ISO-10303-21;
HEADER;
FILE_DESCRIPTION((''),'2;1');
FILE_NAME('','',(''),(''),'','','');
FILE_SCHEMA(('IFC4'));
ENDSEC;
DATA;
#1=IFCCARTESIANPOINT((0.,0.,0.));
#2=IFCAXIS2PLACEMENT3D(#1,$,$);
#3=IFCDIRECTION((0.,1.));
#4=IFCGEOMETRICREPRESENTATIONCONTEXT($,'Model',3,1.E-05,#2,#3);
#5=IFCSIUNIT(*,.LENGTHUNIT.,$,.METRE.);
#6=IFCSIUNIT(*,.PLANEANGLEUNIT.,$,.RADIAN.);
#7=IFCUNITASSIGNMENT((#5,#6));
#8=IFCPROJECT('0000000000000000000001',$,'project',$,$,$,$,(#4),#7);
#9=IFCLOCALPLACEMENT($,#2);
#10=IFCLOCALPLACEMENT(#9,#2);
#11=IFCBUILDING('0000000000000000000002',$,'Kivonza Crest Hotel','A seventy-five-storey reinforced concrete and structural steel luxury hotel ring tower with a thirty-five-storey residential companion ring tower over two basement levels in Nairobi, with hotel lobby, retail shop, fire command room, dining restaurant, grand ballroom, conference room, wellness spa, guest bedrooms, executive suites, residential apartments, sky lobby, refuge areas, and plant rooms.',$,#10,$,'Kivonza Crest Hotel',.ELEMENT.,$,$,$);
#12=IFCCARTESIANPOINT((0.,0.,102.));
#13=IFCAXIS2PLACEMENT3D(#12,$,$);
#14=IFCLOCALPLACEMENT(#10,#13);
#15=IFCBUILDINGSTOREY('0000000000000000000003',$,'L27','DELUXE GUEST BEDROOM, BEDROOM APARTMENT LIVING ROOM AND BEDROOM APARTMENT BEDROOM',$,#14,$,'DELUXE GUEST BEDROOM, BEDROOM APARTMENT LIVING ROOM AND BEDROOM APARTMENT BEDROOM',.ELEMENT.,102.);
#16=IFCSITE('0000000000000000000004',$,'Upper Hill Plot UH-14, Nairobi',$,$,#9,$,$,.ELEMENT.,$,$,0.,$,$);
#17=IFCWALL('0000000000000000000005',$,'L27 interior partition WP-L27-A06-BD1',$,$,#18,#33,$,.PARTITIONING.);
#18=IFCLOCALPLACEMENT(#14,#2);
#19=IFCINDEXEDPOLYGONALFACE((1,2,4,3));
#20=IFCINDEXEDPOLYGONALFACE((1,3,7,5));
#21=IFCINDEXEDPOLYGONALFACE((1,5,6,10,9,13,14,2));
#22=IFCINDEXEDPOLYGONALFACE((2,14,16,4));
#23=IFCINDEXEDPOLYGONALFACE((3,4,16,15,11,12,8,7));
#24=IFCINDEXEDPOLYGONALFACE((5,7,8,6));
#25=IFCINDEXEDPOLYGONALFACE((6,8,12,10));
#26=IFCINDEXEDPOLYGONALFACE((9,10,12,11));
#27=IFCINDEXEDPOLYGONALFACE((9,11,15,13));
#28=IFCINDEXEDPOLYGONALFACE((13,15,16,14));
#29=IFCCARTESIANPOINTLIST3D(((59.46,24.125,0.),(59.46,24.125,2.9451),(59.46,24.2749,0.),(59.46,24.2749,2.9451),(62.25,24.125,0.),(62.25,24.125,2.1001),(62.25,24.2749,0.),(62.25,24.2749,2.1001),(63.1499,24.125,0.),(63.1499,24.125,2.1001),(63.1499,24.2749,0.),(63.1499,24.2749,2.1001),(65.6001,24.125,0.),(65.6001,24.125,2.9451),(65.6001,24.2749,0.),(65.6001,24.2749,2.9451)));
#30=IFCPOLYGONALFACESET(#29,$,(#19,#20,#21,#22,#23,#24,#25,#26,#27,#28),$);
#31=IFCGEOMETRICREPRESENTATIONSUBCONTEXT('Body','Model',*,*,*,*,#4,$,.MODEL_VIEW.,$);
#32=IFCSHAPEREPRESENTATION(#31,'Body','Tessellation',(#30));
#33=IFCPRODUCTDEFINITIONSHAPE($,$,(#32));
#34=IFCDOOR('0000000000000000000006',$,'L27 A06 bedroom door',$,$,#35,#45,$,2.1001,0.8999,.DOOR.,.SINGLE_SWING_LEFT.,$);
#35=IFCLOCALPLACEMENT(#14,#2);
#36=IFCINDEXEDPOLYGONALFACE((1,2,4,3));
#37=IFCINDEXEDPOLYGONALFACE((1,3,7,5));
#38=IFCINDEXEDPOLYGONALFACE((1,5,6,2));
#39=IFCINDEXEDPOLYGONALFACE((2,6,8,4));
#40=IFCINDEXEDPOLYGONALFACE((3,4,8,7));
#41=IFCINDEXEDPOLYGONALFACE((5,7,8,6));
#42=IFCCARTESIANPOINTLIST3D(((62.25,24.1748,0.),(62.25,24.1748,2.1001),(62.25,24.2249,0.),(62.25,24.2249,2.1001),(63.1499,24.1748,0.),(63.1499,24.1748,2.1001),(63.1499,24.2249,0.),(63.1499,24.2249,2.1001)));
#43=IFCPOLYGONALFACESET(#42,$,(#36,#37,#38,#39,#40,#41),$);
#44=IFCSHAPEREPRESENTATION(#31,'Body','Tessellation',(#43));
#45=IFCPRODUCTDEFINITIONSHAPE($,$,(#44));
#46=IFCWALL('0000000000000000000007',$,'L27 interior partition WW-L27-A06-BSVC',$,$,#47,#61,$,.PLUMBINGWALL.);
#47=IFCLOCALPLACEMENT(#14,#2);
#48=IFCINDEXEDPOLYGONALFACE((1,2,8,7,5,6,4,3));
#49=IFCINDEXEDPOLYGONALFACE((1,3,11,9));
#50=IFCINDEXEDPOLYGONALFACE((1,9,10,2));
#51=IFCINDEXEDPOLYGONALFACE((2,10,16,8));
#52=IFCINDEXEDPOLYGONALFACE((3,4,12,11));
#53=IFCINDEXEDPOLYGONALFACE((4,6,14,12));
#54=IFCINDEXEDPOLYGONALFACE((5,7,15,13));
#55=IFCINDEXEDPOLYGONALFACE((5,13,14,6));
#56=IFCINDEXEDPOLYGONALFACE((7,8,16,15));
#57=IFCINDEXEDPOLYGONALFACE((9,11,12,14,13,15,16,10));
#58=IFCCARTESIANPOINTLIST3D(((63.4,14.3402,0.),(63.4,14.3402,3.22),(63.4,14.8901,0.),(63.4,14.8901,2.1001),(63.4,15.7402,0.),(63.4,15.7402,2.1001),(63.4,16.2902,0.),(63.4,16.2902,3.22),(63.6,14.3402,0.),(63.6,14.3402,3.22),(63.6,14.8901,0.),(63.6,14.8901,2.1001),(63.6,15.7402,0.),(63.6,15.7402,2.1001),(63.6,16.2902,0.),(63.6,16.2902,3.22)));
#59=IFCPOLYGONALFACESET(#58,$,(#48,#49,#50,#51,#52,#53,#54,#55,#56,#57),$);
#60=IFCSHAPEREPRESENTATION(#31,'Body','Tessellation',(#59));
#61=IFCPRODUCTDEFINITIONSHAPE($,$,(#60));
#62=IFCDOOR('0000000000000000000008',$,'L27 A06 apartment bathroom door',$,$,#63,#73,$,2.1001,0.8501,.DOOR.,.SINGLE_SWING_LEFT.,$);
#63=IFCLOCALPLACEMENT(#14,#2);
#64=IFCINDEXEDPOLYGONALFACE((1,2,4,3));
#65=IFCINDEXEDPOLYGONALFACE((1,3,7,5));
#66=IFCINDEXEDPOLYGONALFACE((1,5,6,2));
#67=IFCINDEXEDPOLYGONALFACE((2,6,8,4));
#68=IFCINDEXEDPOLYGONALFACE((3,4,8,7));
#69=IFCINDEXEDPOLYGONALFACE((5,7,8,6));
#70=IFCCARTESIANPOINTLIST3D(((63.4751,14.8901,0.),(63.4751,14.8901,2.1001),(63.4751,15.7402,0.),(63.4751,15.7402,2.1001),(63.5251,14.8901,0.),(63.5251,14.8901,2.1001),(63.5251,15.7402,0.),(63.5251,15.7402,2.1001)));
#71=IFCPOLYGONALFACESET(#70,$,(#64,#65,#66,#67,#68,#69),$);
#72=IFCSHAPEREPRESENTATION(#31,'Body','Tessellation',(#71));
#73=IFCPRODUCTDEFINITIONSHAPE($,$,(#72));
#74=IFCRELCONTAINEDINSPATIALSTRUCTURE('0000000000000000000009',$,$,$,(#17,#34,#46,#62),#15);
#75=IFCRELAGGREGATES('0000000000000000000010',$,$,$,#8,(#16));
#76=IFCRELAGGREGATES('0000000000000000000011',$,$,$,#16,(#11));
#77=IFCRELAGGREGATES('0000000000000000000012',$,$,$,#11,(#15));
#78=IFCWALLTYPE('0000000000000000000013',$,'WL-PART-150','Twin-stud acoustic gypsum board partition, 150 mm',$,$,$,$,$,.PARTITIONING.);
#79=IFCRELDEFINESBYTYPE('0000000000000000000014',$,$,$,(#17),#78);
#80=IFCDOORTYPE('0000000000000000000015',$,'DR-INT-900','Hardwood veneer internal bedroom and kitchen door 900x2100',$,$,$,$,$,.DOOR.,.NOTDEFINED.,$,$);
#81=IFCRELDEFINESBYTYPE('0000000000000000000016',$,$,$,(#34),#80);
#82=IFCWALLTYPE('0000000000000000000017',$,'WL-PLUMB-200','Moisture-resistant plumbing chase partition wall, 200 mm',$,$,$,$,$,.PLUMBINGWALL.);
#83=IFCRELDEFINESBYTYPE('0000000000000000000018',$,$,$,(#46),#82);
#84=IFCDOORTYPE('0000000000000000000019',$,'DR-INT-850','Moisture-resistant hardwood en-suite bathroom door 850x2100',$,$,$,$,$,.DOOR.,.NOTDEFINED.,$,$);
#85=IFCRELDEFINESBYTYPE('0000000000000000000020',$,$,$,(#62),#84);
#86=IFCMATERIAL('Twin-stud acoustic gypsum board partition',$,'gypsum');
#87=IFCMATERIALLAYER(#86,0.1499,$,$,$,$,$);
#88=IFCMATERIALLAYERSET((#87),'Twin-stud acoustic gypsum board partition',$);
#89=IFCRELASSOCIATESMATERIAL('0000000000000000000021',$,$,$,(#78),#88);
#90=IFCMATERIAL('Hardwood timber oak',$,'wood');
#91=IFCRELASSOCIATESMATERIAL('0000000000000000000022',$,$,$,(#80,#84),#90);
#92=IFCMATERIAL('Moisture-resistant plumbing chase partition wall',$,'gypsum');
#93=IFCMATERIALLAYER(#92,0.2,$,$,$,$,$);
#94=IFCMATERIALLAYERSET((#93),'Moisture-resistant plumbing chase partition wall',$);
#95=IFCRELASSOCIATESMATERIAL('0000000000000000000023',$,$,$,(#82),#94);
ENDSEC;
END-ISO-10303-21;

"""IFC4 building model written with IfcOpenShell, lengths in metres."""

from ifc_helpers import new_model, si_unit, direction, frame, frame_2d, origin, place, context, subcontext, project, spatial, rectangle, extrude, material, layer, layer_set, type_object, element, fill, save


model = new_model("IFC4")

# Units and contexts
model_context = context("Model", 3, precision=1e-05, world=origin(), true_north=direction((0.0, 1.0)))
body_context = subcontext(model_context, "Body", "Model", "MODEL_VIEW")
ifc_project = project(units=[si_unit("LENGTHUNIT", "METRE"), si_unit("PLANEANGLEUNIT", "RADIAN")], contexts=[model_context])

# Site, building, storey
site_placement = place(None, origin())
site = spatial("IfcSite", under=ifc_project, at=site_placement, Name="Upper Hill Plot UH-14, Nairobi", CompositionType="ELEMENT", RefElevation=0.0)
building_placement = place(site_placement, origin())
building = spatial("IfcBuilding", under=site, at=building_placement, Name="Kivonza Crest Hotel", Description="A seventy-five-storey reinforced concrete and structural steel luxury hotel ring tower with a thirty-five-storey residential companion ring tower over two basement levels in Nairobi, with hotel lobby, retail shop, fire command room, dining restaurant, grand ballroom, conference room, wellness spa, guest bedrooms, executive suites, residential apartments, sky lobby, refuge areas, and plant rooms.", LongName="Kivonza Crest Hotel", CompositionType="ELEMENT")
storey_placement = place(building_placement, frame((0.0, 0.0, 102.0)))
storey = spatial("IfcBuildingStorey", under=building, at=storey_placement, Name="L27", Description="DELUXE GUEST BEDROOM, BEDROOM APARTMENT LIVING ROOM AND BEDROOM APARTMENT BEDROOM", LongName="DELUXE GUEST BEDROOM, BEDROOM APARTMENT LIVING ROOM AND BEDROOM APARTMENT BEDROOM", CompositionType="ELEMENT", Elevation=102.0)

# Walls, openings, doors
ifc_material_1 = material(Name="Twin-stud acoustic gypsum board partition", Category="gypsum")
ifc_layer_1 = layer(ifc_material_1, 0.1499)
ifc_layer_set_1 = layer_set([ifc_layer_1], Name="Twin-stud acoustic gypsum board partition")
wall_type_1 = type_object("IfcWallType", Name="WL-PART-150", Description="Twin-stud acoustic gypsum board partition, 150 mm", PredefinedType="PARTITIONING", material=ifc_layer_set_1)
wall_1_placement = place(storey_placement, frame((59.46, 24.2, 0.0), z_axis=(0.0, 0.0, 1.0), x_axis=(1.0, 0.0, 0.0)))
wall_1 = element("IfcWall", 1, at=wall_1_placement, inside=storey, type_object=wall_type_1, Name="L27 interior partition WP-L27-A06-BD1", PredefinedType="PARTITIONING", context=body_context, shape_type="SweptSolid", body=[
    extrude(rectangle(XDim=6.1401, YDim=0.1499, at=frame_2d((3.0701, 0.0))), origin(), (0.0, 0.0, 1.0), 2.9451),
])
opening_1_placement = place(wall_1_placement, frame((2.79, 0.0, 0.0)))
opening_1 = element("IfcOpeningElement", 2, at=opening_1_placement, cuts=wall_1, PredefinedType="OPENING", context=body_context, shape_type="SweptSolid", body=[
    extrude(rectangle(XDim=0.8999, YDim=2.1001, at=frame_2d((0.45, 1.05))), frame((0.0, 0.085, 0.0), z_axis=(0.0, -1.0, 0.0), x_axis=(1.0, 0.0, 0.0)), (0.0, 0.0, 1.0), 0.1699),
])
ifc_material_2 = material(Name="Hardwood timber oak", Category="wood")
door_type_1 = type_object("IfcDoorType", Name="DR-INT-900", Description="Hardwood veneer internal bedroom and kitchen door 900x2100", OperationType="NOTDEFINED", PredefinedType="DOOR", material=ifc_material_2)
door_1_placement = place(opening_1_placement, origin())
door_1 = element("IfcDoor", 3, at=door_1_placement, inside=storey, type_object=door_type_1, Name="L27 A06 bedroom door", OperationType="SINGLE_SWING_LEFT", OverallHeight=2.1001, OverallWidth=0.8999, PredefinedType="DOOR", context=body_context, shape_type="SweptSolid", body=[
    extrude(rectangle(XDim=0.8999, YDim=2.1001, at=frame_2d((0.45, 1.05))), frame((0.0, 0.0249, 0.0), z_axis=(0.0, -1.0, 0.0), x_axis=(1.0, 0.0, 0.0)), (0.0, 0.0, 1.0), 0.05),
])
fill(opening_1, door_1)
ifc_material_3 = material(Name="Moisture-resistant plumbing chase partition wall", Category="gypsum")
ifc_layer_2 = layer(ifc_material_3, 0.2)
ifc_layer_set_2 = layer_set([ifc_layer_2], Name="Moisture-resistant plumbing chase partition wall")
wall_type_2 = type_object("IfcWallType", Name="WL-PLUMB-200", Description="Moisture-resistant plumbing chase partition wall, 200 mm", PredefinedType="PLUMBINGWALL", material=ifc_layer_set_2)
wall_2_placement = place(storey_placement, frame((63.5, 14.3401, 0.0), z_axis=(0.0, 0.0, 1.0), x_axis=(0.0, 1.0, 0.0)))
wall_2 = element("IfcWall", 4, at=wall_2_placement, inside=storey, type_object=wall_type_2, Name="L27 interior partition WW-L27-A06-BSVC", PredefinedType="PLUMBINGWALL", context=body_context, shape_type="SweptSolid", body=[
    extrude(rectangle(XDim=1.95, YDim=0.2, at=frame_2d((0.9751, 0.0))), origin(), (0.0, 0.0, 1.0), 3.22),
])
opening_2_placement = place(wall_2_placement, frame((0.55, 0.0, 0.0)))
opening_2 = element("IfcOpeningElement", 5, at=opening_2_placement, cuts=wall_2, PredefinedType="OPENING", context=body_context, shape_type="SweptSolid", body=[
    extrude(rectangle(XDim=0.8501, YDim=2.1001, at=frame_2d((0.425, 1.05))), frame((0.0, 0.1099, 0.0), z_axis=(0.0, -1.0, 0.0), x_axis=(1.0, 0.0, 0.0)), (0.0, 0.0, 1.0), 0.22),
])
door_type_2 = type_object("IfcDoorType", Name="DR-INT-850", Description="Moisture-resistant hardwood en-suite bathroom door 850x2100", OperationType="NOTDEFINED", PredefinedType="DOOR", material=ifc_material_2)
door_2_placement = place(opening_2_placement, origin())
door_2 = element("IfcDoor", 6, at=door_2_placement, inside=storey, type_object=door_type_2, Name="L27 A06 apartment bathroom door", OperationType="SINGLE_SWING_LEFT", OverallHeight=2.1001, OverallWidth=0.8501, PredefinedType="DOOR", context=body_context, shape_type="SweptSolid", body=[
    extrude(rectangle(XDim=0.8501, YDim=2.1001, at=frame_2d((0.425, 1.05))), frame((0.0, 0.0249, 0.0), z_axis=(0.0, -1.0, 0.0), x_axis=(1.0, 0.0, 0.0)), (0.0, 0.0, 1.0), 0.05),
])
fill(opening_2, door_2)

save(model, "model.ifc")
